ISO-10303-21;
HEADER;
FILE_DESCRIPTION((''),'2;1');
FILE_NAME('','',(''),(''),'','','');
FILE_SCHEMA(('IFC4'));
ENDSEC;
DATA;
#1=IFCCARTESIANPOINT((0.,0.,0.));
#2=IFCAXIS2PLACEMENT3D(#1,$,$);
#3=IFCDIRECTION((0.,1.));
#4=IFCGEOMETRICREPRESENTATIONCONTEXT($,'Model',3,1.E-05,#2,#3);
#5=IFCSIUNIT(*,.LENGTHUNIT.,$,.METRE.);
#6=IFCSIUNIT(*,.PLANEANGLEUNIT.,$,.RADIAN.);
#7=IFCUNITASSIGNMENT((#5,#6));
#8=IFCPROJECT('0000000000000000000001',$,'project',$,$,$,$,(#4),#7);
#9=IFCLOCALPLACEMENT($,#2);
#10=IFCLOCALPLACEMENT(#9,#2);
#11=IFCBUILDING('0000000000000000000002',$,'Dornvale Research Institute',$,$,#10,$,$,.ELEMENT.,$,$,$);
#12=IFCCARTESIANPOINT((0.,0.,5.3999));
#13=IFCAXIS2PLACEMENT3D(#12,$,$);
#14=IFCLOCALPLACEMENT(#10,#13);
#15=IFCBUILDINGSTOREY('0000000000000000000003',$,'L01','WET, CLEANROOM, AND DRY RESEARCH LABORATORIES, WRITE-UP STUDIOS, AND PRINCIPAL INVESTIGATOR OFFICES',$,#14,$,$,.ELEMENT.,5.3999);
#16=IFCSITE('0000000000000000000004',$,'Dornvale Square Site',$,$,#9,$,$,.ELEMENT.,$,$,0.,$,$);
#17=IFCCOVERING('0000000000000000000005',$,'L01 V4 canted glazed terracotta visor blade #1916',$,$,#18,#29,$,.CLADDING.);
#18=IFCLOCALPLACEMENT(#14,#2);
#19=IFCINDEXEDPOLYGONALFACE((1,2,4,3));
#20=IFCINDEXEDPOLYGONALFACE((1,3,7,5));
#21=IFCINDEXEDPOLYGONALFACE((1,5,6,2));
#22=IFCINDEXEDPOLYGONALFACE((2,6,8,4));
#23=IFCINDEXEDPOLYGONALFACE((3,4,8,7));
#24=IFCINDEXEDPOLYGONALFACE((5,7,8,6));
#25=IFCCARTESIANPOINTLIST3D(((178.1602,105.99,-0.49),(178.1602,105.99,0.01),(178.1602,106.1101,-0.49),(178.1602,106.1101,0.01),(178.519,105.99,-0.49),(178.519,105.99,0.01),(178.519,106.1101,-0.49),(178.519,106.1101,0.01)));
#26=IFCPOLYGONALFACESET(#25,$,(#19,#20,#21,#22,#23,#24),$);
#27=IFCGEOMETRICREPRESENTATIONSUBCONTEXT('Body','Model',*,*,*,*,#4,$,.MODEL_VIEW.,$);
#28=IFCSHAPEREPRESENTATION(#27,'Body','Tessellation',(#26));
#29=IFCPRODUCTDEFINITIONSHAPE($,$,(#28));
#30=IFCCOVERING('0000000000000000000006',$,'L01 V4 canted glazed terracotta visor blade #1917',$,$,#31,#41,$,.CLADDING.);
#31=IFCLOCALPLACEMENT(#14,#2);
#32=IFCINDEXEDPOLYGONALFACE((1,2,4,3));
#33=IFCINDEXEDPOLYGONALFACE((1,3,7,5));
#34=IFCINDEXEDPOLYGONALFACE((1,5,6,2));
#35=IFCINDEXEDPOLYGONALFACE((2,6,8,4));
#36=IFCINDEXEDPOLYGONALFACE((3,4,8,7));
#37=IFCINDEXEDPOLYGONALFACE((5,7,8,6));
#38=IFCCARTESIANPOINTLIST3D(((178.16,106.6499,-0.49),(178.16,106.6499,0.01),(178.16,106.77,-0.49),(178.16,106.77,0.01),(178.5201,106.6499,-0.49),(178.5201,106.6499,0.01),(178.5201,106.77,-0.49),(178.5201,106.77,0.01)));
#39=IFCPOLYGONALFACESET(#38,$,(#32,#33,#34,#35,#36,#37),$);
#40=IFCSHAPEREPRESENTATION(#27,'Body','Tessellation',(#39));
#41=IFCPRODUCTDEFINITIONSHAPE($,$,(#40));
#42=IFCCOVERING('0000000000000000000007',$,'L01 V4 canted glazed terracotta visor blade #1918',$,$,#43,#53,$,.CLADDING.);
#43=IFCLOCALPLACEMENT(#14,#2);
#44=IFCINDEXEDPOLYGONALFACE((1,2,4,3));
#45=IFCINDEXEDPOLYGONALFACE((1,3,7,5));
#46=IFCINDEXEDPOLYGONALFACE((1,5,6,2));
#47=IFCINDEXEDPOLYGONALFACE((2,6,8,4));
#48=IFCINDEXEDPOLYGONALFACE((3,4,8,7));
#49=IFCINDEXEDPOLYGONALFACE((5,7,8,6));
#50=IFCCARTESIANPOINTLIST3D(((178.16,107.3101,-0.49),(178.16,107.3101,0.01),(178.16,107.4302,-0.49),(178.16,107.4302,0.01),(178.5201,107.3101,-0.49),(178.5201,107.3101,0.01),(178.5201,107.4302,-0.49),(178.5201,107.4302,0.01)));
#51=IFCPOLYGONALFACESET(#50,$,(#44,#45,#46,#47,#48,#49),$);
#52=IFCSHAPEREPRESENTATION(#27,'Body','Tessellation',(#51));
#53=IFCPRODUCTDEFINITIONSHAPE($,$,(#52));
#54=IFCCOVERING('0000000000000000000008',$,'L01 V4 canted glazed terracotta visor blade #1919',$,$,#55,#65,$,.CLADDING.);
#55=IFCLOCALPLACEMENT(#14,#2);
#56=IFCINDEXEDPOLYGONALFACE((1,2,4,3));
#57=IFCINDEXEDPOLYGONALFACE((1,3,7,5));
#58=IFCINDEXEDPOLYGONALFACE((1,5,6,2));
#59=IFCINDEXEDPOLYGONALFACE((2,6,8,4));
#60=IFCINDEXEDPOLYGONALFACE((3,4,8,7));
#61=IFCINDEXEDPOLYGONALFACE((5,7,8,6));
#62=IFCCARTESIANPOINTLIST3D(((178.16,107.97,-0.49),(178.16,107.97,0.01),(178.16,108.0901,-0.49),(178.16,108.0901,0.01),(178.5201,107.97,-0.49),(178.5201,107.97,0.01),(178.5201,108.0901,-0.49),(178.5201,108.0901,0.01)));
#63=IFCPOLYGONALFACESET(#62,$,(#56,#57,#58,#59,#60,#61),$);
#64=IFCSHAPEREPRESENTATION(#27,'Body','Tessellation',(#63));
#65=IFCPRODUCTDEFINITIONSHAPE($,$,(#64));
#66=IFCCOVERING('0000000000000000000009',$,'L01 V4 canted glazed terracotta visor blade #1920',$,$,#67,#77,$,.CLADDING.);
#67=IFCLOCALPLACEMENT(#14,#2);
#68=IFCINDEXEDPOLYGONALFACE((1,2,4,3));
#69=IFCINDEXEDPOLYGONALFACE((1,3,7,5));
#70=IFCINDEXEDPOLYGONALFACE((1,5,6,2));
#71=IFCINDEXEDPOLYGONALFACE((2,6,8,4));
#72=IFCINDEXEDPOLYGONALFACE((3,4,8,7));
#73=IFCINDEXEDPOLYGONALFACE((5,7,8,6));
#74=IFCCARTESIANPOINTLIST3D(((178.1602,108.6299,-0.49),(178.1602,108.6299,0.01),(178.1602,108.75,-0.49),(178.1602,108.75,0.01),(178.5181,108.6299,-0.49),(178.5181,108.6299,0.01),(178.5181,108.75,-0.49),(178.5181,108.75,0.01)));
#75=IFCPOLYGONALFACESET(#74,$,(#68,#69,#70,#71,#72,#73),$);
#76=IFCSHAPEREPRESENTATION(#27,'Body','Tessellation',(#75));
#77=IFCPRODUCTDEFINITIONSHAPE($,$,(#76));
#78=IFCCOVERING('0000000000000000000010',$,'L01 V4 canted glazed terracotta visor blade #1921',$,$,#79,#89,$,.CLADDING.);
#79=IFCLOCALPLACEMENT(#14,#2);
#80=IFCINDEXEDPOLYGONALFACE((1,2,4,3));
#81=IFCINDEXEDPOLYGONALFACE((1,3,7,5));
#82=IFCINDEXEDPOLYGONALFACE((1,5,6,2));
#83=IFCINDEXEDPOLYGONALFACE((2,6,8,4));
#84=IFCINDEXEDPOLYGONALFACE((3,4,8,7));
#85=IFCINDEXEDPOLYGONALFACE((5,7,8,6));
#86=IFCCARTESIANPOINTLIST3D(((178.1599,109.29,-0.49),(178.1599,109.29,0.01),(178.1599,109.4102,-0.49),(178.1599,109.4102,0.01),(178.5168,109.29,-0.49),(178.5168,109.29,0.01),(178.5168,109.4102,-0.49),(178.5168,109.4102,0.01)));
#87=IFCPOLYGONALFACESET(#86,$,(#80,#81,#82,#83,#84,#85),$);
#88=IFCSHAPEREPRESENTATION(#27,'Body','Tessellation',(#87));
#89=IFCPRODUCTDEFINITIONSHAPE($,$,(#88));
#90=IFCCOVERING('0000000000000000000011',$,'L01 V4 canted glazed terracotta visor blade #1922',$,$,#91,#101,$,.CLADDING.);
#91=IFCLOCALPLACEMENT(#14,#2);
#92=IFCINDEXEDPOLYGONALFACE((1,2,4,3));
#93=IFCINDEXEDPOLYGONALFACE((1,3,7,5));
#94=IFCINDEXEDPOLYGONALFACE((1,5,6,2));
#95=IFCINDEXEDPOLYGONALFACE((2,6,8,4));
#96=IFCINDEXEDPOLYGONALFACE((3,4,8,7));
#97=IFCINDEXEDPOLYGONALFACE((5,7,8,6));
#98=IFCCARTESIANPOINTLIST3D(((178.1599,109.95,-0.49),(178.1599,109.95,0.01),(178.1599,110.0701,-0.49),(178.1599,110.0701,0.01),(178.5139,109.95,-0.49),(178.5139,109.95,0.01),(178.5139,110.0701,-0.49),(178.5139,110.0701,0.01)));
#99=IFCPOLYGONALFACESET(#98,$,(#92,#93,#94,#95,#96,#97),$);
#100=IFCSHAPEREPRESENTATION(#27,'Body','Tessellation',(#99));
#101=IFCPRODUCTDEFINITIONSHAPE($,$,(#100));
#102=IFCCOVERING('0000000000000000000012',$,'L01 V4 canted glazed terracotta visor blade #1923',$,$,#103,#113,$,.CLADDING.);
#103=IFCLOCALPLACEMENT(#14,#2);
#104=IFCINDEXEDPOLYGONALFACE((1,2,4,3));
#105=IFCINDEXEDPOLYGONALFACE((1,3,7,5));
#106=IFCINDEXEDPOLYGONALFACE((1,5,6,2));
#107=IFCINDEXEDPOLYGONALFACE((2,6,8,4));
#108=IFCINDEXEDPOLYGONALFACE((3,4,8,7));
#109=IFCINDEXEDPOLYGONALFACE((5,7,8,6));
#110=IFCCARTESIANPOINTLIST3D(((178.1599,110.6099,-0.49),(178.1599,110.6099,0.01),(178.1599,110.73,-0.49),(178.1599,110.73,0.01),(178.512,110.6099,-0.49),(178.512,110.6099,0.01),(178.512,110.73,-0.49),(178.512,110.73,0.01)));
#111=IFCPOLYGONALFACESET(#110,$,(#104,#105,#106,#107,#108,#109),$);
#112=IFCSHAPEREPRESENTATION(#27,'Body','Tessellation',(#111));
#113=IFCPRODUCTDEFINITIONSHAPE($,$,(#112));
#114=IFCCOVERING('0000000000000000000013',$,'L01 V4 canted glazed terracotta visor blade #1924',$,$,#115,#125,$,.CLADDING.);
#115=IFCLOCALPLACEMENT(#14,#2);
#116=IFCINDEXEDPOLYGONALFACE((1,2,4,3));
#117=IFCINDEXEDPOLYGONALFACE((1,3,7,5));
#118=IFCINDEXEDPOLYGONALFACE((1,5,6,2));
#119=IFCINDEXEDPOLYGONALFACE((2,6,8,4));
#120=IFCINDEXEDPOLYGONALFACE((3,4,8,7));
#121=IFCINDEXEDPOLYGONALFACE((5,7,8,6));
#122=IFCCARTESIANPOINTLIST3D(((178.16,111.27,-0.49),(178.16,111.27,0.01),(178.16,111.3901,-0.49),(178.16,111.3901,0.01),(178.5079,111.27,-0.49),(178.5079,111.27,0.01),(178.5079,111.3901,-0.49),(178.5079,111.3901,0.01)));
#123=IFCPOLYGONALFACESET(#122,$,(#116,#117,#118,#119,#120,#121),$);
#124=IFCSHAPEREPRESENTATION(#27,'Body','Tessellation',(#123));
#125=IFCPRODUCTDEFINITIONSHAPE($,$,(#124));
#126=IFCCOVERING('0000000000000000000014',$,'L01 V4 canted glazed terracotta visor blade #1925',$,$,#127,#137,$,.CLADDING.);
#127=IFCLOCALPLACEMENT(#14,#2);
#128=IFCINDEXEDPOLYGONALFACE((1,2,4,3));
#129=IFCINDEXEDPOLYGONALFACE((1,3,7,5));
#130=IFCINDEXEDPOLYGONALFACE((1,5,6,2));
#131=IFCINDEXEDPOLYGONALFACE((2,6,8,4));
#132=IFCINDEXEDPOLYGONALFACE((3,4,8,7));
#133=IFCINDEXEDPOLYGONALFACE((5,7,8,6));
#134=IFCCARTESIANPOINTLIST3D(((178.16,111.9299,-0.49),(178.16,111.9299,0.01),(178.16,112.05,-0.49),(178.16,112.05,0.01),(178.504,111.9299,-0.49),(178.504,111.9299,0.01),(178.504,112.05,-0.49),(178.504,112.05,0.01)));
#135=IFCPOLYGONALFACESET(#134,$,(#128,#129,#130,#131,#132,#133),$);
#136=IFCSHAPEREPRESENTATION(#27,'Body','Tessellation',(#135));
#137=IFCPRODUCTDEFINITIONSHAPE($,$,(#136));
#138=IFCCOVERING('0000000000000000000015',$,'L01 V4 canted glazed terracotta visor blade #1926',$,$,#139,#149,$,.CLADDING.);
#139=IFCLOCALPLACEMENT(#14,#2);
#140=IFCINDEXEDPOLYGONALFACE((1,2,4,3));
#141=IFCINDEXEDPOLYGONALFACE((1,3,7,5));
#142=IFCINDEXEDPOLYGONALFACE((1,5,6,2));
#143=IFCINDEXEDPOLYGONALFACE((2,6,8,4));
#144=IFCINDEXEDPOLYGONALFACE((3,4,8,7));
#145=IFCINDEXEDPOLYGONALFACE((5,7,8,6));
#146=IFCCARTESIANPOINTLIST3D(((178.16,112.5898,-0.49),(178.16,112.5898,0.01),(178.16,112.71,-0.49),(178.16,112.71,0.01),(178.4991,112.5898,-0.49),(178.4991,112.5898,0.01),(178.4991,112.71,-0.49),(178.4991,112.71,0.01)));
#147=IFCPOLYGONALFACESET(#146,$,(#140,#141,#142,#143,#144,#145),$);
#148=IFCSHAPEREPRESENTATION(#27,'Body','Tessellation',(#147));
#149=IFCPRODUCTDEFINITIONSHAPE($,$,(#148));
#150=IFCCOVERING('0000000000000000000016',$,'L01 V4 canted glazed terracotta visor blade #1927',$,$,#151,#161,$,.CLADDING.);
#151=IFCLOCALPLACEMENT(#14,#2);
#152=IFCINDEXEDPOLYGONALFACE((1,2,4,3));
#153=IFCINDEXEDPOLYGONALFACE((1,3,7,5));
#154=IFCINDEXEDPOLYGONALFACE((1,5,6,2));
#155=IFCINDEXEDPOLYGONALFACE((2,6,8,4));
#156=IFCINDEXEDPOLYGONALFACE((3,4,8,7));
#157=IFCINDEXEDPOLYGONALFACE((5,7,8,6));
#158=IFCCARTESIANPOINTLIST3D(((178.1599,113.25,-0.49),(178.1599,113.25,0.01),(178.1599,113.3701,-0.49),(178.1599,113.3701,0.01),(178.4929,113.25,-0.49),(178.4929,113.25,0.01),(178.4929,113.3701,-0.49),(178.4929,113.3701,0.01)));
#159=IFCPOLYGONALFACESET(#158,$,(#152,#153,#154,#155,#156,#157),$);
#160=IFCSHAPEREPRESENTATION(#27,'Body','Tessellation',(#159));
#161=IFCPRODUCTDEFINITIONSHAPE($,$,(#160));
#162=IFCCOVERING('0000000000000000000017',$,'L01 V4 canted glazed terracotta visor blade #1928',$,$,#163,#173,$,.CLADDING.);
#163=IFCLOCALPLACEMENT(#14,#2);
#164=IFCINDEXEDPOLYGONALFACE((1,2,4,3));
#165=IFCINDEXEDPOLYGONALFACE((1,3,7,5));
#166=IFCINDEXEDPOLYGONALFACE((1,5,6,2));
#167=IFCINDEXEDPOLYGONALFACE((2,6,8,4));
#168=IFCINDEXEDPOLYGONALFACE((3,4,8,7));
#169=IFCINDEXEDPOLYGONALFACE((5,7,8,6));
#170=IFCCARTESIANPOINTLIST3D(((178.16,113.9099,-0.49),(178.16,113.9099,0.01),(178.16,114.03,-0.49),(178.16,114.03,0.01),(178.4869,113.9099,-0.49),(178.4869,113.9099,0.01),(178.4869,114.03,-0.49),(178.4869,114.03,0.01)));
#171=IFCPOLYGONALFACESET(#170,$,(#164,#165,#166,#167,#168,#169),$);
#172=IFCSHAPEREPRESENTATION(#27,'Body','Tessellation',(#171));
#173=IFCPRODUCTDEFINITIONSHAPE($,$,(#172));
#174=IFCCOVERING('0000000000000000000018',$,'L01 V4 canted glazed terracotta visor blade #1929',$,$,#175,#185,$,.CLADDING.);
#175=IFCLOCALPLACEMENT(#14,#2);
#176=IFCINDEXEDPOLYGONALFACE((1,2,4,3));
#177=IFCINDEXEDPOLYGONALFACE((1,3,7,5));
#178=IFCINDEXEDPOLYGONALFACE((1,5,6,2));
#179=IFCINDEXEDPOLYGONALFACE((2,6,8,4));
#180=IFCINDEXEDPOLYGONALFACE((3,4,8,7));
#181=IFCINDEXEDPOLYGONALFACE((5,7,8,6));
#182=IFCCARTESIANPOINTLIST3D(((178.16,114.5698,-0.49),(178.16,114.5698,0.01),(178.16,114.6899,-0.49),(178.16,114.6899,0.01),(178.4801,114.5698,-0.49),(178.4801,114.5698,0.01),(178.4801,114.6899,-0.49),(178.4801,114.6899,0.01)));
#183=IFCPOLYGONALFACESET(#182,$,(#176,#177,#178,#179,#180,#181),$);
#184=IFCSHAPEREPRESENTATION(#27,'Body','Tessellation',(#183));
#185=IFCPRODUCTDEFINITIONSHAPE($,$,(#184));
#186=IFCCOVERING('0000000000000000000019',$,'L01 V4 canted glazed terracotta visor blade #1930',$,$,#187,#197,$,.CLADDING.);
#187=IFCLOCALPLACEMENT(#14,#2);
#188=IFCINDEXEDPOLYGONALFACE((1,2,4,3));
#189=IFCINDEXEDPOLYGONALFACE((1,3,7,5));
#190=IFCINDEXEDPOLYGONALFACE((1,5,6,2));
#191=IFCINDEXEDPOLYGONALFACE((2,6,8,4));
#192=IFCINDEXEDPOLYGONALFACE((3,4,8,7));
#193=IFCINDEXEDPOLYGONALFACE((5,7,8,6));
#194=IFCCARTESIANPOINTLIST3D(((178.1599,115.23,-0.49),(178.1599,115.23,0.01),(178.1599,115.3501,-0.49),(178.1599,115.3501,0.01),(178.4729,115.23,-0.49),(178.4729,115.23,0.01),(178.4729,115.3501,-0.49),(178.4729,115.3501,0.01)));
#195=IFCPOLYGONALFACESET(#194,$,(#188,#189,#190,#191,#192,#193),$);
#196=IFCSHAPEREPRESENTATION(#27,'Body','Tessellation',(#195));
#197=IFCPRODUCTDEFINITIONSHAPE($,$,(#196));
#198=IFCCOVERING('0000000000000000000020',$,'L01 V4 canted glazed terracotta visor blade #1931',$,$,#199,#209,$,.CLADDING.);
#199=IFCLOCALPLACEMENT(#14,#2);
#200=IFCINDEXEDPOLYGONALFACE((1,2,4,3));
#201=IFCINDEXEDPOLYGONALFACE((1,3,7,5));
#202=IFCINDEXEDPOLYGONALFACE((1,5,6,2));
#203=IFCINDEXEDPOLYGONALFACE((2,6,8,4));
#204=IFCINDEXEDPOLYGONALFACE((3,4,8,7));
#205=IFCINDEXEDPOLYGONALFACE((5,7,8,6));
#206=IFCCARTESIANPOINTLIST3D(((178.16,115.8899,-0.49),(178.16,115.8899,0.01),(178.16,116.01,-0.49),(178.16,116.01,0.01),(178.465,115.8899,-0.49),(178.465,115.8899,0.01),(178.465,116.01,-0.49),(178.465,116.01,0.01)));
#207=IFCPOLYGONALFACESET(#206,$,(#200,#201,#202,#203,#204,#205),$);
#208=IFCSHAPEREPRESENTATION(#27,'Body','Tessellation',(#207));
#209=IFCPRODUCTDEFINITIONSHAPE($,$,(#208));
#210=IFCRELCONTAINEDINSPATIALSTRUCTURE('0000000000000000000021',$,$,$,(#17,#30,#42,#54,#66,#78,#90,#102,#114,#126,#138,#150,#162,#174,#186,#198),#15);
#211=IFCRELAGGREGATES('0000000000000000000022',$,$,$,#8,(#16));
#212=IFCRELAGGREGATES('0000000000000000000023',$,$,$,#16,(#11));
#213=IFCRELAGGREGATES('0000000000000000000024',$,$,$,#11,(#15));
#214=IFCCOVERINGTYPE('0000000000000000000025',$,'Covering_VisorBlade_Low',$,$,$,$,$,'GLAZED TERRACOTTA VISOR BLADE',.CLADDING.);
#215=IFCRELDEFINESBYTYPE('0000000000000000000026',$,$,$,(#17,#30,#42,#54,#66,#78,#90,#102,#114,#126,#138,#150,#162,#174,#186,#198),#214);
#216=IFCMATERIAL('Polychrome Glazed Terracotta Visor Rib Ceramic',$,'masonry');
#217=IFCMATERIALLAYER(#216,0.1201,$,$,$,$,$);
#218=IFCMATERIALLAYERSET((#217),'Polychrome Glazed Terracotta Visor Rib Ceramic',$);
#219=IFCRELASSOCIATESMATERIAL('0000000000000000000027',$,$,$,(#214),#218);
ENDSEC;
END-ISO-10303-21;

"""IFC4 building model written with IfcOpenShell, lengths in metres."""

from ifc_helpers import new_model, si_unit, direction, frame, origin, origin_2d, place, context, subcontext, project, spatial, rectangle, extrude, material, layer, layer_set, type_object, element, save


model = new_model("IFC4")

# Units and contexts
model_context = context("Model", 3, precision=1e-05, world=origin(), true_north=direction((0.0, 1.0)))
body_context = subcontext(model_context, "Body", "Model", "MODEL_VIEW")
ifc_project = project(units=[si_unit("LENGTHUNIT", "METRE"), si_unit("PLANEANGLEUNIT", "RADIAN")], contexts=[model_context])

# Site, building, storey
site_placement = place(None, origin())
site = spatial("IfcSite", under=ifc_project, at=site_placement, Name="Dornvale Square Site", CompositionType="ELEMENT", RefElevation=0.0)
building_placement = place(site_placement, origin())
building = spatial("IfcBuilding", under=site, at=building_placement, Name="Dornvale Research Institute", CompositionType="ELEMENT")
storey_placement = place(building_placement, frame((0.0, 0.0, 5.3999)))
storey = spatial("IfcBuildingStorey", under=building, at=storey_placement, Name="L01", Description="WET, CLEANROOM, AND DRY RESEARCH LABORATORIES, WRITE-UP STUDIOS, AND PRINCIPAL INVESTIGATOR OFFICES", CompositionType="ELEMENT", Elevation=5.3999)

# Coverings
ifc_material_1 = material(Name="Polychrome Glazed Terracotta Visor Rib Ceramic", Category="masonry")
ifc_layer_1 = layer(ifc_material_1, 0.1201)
ifc_layer_set_1 = layer_set([ifc_layer_1], Name="Polychrome Glazed Terracotta Visor Rib Ceramic")
covering_type = type_object("IfcCoveringType", Name="Covering_VisorBlade_Low", ElementType="GLAZED TERRACOTTA VISOR BLADE", PredefinedType="CLADDING", material=ifc_layer_set_1)
covering_1_placement = place(storey_placement, frame((178.3396, 106.05, -0.49), z_axis=(0.0, 0.0, 1.0), x_axis=(1.0, 0.0, 0.0)))
element("IfcCovering", 1, at=covering_1_placement, inside=storey, type_object=covering_type, Name="L01 V4 canted glazed terracotta visor blade #1916", PredefinedType="CLADDING", context=body_context, shape_type="SweptSolid", body=[
    extrude(rectangle(XDim=0.3589, YDim=0.1201, at=origin_2d()), origin(), (0.0, 0.0, 1.0), 0.5),
])
for number, where, z_axis, x_axis, name in (
    (2, (178.3401, 106.71, -0.49), (0.0, 0.0, 1.0), (1.0, 0.0, 0.0), "L01 V4 canted glazed terracotta visor blade #1917"),
    (3, (178.3401, 107.3701, -0.49), (0.0, 0.0, 1.0), (1.0, 0.0, 0.0), "L01 V4 canted glazed terracotta visor blade #1918"),
    (4, (178.3401, 108.03, -0.49), (0.0, 0.0, 1.0), (1.0, 0.0, 0.0), "L01 V4 canted glazed terracotta visor blade #1919"),
):
    element("IfcCovering", number, at=place(storey_placement, frame(where, z_axis=z_axis, x_axis=x_axis)), inside=storey, type_object=covering_type, Name=name, PredefinedType="CLADDING", context=body_context, shape_type="SweptSolid", body=[
        extrude(rectangle(XDim=0.3601, YDim=0.1201, at=origin_2d()), origin(), (0.0, 0.0, 1.0), 0.5),
    ])
covering_2_placement = place(storey_placement, frame((178.3391, 108.6899, -0.49), z_axis=(0.0, 0.0, 1.0), x_axis=(1.0, 0.0, 0.0)))
element("IfcCovering", 5, at=covering_2_placement, inside=storey, type_object=covering_type, Name="L01 V4 canted glazed terracotta visor blade #1920", PredefinedType="CLADDING", context=body_context, shape_type="SweptSolid", body=[
    extrude(rectangle(XDim=0.3579, YDim=0.1201, at=origin_2d()), origin(), (0.0, 0.0, 1.0), 0.5),
])
covering_3_placement = place(storey_placement, frame((178.3384, 109.3501, -0.49), z_axis=(0.0, 0.0, 1.0), x_axis=(1.0, 0.0, 0.0)))
element("IfcCovering", 6, at=covering_3_placement, inside=storey, type_object=covering_type, Name="L01 V4 canted glazed terracotta visor blade #1921", PredefinedType="CLADDING", context=body_context, shape_type="SweptSolid", body=[
    extrude(rectangle(XDim=0.3569, YDim=0.1201, at=origin_2d()), origin(), (0.0, 0.0, 1.0), 0.5),
])
covering_4_placement = place(storey_placement, frame((178.3369, 110.01, -0.49), z_axis=(0.0, 0.0, 1.0), x_axis=(1.0, 0.0, 0.0)))
element("IfcCovering", 7, at=covering_4_placement, inside=storey, type_object=covering_type, Name="L01 V4 canted glazed terracotta visor blade #1922", PredefinedType="CLADDING", context=body_context, shape_type="SweptSolid", body=[
    extrude(rectangle(XDim=0.354, YDim=0.1201, at=origin_2d()), origin(), (0.0, 0.0, 1.0), 0.5),
])
covering_5_placement = place(storey_placement, frame((178.3359, 110.6699, -0.49), z_axis=(0.0, 0.0, 1.0), x_axis=(1.0, 0.0, 0.0)))
element("IfcCovering", 8, at=covering_5_placement, inside=storey, type_object=covering_type, Name="L01 V4 canted glazed terracotta visor blade #1923", PredefinedType="CLADDING", context=body_context, shape_type="SweptSolid", body=[
    extrude(rectangle(XDim=0.3521, YDim=0.1201, at=origin_2d()), origin(), (0.0, 0.0, 1.0), 0.5),
])
covering_6_placement = place(storey_placement, frame((178.334, 111.3301, -0.49), z_axis=(0.0, 0.0, 1.0), x_axis=(1.0, 0.0, 0.0)))
element("IfcCovering", 9, at=covering_6_placement, inside=storey, type_object=covering_type, Name="L01 V4 canted glazed terracotta visor blade #1924", PredefinedType="CLADDING", context=body_context, shape_type="SweptSolid", body=[
    extrude(rectangle(XDim=0.3479, YDim=0.1201, at=origin_2d()), origin(), (0.0, 0.0, 1.0), 0.5),
])
covering_7_placement = place(storey_placement, frame((178.332, 111.99, -0.49), z_axis=(0.0, 0.0, 1.0), x_axis=(1.0, 0.0, 0.0)))
element("IfcCovering", 10, at=covering_7_placement, inside=storey, type_object=covering_type, Name="L01 V4 canted glazed terracotta visor blade #1925", PredefinedType="CLADDING", context=body_context, shape_type="SweptSolid", body=[
    extrude(rectangle(XDim=0.344, YDim=0.1201, at=origin_2d()), origin(), (0.0, 0.0, 1.0), 0.5),
])
covering_8_placement = place(storey_placement, frame((178.3296, 112.6499, -0.49), z_axis=(0.0, 0.0, 1.0), x_axis=(1.0, 0.0, 0.0)))
element("IfcCovering", 11, at=covering_8_placement, inside=storey, type_object=covering_type, Name="L01 V4 canted glazed terracotta visor blade #1926", PredefinedType="CLADDING", context=body_context, shape_type="SweptSolid", body=[
    extrude(rectangle(XDim=0.3391, YDim=0.1201, at=origin_2d()), origin(), (0.0, 0.0, 1.0), 0.5),
])
covering_9_placement = place(storey_placement, frame((178.3264, 113.3101, -0.49), z_axis=(0.0, 0.0, 1.0), x_axis=(1.0, 0.0, 0.0)))
element("IfcCovering", 12, at=covering_9_placement, inside=storey, type_object=covering_type, Name="L01 V4 canted glazed terracotta visor blade #1927", PredefinedType="CLADDING", context=body_context, shape_type="SweptSolid", body=[
    extrude(rectangle(XDim=0.333, YDim=0.1201, at=origin_2d()), origin(), (0.0, 0.0, 1.0), 0.5),
])
covering_10_placement = place(storey_placement, frame((178.3235, 113.97, -0.49), z_axis=(0.0, 0.0, 1.0), x_axis=(1.0, 0.0, 0.0)))
element("IfcCovering", 13, at=covering_10_placement, inside=storey, type_object=covering_type, Name="L01 V4 canted glazed terracotta visor blade #1928", PredefinedType="CLADDING", context=body_context, shape_type="SweptSolid", body=[
    extrude(rectangle(XDim=0.3269, YDim=0.1201, at=origin_2d()), origin(), (0.0, 0.0, 1.0), 0.5),
])
covering_11_placement = place(storey_placement, frame((178.3201, 114.6299, -0.49), z_axis=(0.0, 0.0, 1.0), x_axis=(1.0, 0.0, 0.0)))
element("IfcCovering", 14, at=covering_11_placement, inside=storey, type_object=covering_type, Name="L01 V4 canted glazed terracotta visor blade #1929", PredefinedType="CLADDING", context=body_context, shape_type="SweptSolid", body=[
    extrude(rectangle(XDim=0.3201, YDim=0.1201, at=origin_2d()), origin(), (0.0, 0.0, 1.0), 0.5),
])
covering_12_placement = place(storey_placement, frame((178.3164, 115.29, -0.49), z_axis=(0.0, 0.0, 1.0), x_axis=(1.0, 0.0, 0.0)))
element("IfcCovering", 15, at=covering_12_placement, inside=storey, type_object=covering_type, Name="L01 V4 canted glazed terracotta visor blade #1930", PredefinedType="CLADDING", context=body_context, shape_type="SweptSolid", body=[
    extrude(rectangle(XDim=0.313, YDim=0.1201, at=origin_2d()), origin(), (0.0, 0.0, 1.0), 0.5),
])
covering_13_placement = place(storey_placement, frame((178.3125, 115.95, -0.49), z_axis=(0.0, 0.0, 1.0), x_axis=(1.0, 0.0, 0.0)))
element("IfcCovering", 16, at=covering_13_placement, inside=storey, type_object=covering_type, Name="L01 V4 canted glazed terracotta visor blade #1931", PredefinedType="CLADDING", context=body_context, shape_type="SweptSolid", body=[
    extrude(rectangle(XDim=0.3049, YDim=0.1201, at=origin_2d()), origin(), (0.0, 0.0, 1.0), 0.5),
])

save(model, "model.ifc")
